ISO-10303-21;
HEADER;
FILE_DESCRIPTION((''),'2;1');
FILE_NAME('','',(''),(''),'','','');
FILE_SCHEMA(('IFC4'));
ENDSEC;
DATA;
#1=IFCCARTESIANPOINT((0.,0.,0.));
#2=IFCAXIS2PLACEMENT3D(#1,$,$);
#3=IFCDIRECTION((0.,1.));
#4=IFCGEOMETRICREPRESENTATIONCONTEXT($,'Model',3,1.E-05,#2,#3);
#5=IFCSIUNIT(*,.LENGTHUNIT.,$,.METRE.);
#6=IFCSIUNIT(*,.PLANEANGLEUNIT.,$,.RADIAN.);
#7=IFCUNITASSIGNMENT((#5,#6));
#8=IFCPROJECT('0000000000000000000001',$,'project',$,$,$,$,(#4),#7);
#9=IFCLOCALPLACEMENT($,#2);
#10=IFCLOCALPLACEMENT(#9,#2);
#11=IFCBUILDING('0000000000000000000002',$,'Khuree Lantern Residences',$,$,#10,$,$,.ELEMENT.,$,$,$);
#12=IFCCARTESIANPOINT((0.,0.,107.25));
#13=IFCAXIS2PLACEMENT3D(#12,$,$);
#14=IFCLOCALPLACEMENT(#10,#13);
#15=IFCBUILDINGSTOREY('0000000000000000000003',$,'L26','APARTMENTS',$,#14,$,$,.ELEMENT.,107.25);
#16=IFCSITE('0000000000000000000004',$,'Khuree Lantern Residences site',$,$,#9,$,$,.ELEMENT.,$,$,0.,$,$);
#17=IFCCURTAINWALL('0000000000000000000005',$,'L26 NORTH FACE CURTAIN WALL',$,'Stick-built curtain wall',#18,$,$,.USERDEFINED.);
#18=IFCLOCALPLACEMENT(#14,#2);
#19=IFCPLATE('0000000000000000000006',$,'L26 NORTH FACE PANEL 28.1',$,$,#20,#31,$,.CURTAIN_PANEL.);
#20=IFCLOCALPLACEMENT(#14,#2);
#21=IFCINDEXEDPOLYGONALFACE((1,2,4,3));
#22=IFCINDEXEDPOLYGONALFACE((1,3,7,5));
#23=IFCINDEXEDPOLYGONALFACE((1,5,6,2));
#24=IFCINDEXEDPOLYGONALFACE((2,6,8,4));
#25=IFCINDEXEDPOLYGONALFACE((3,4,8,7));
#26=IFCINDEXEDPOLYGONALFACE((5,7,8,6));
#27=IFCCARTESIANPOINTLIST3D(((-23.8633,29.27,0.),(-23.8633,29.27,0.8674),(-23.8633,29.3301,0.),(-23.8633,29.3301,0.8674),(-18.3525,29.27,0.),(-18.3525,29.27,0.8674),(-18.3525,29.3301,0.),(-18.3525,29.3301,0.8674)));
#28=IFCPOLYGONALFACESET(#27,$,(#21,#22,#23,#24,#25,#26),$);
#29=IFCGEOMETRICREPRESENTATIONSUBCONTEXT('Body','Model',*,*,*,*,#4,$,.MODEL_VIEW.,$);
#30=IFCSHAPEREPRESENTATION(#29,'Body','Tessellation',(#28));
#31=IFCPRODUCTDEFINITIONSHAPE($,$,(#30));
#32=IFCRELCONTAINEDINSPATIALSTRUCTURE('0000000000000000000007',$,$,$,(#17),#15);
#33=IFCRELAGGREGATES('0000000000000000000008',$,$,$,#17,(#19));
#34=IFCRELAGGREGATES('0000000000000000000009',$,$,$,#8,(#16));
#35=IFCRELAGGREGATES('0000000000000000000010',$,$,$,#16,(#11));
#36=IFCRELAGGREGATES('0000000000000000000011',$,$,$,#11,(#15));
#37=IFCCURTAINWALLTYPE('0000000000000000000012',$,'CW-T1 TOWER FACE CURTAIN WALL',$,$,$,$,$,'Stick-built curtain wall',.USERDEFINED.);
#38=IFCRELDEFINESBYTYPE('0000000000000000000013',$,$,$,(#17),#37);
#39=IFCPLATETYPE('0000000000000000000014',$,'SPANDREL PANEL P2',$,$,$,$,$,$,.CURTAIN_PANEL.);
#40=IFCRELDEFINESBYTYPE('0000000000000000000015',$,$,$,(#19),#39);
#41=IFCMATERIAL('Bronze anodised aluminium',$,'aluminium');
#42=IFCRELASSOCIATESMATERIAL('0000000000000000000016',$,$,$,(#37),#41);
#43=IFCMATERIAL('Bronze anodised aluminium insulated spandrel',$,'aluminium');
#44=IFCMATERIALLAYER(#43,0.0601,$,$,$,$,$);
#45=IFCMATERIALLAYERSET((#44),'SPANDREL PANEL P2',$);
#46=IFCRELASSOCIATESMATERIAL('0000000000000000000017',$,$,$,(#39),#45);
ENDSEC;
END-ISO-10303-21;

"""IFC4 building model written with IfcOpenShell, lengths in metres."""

from ifc_helpers import new_model, si_unit, direction, frame, origin, origin_2d, place, context, subcontext, project, spatial, rectangle, extrude, material, layer, layer_set, type_object, element, aggregate, save


model = new_model("IFC4")

# Units and contexts
model_context = context("Model", 3, precision=1e-05, world=origin(), true_north=direction((0.0, 1.0)))
body_context = subcontext(model_context, "Body", "Model", "MODEL_VIEW")
ifc_project = project(units=[si_unit("LENGTHUNIT", "METRE"), si_unit("PLANEANGLEUNIT", "RADIAN")], contexts=[model_context])

# Site, building, storey
site_placement = place(None, origin())
site = spatial("IfcSite", under=ifc_project, at=site_placement, Name="Khuree Lantern Residences site", CompositionType="ELEMENT", RefElevation=0.0)
building_placement = place(site_placement, origin())
building = spatial("IfcBuilding", under=site, at=building_placement, Name="Khuree Lantern Residences", CompositionType="ELEMENT")
storey_placement = place(building_placement, frame((0.0, 0.0, 107.25)))
storey = spatial("IfcBuildingStorey", under=building, at=storey_placement, Name="L26", Description="APARTMENTS", CompositionType="ELEMENT", Elevation=107.25)

# Curtain wall
ifc_material_1 = material(Name="Bronze anodised aluminium", Category="aluminium")
curtain_wall_type = type_object("IfcCurtainWallType", Name="CW-T1 TOWER FACE CURTAIN WALL", ElementType="Stick-built curtain wall", PredefinedType="USERDEFINED", material=ifc_material_1)
curtain_wall_placement = place(storey_placement, origin())
curtain_wall = element("IfcCurtainWall", 1, at=curtain_wall_placement, inside=storey, type_object=curtain_wall_type, Name="L26 NORTH FACE CURTAIN WALL", ObjectType="Stick-built curtain wall", PredefinedType="USERDEFINED")

# Plate
ifc_material_2 = material(Name="Bronze anodised aluminium insulated spandrel", Category="aluminium")
ifc_layer_1 = layer(ifc_material_2, 0.0601)
ifc_layer_set_1 = layer_set([ifc_layer_1], Name="SPANDREL PANEL P2")
plate_type_1 = type_object("IfcPlateType", Name="SPANDREL PANEL P2", PredefinedType="CURTAIN_PANEL", material=ifc_layer_set_1)
plate_1_placement = place(storey_placement, frame((-21.1079, 29.3, 0.0), z_axis=(0.0, 0.0, 1.0), x_axis=(-1.0, 0.0, 0.0)))
plate_1 = element("IfcPlate", 2, at=plate_1_placement, type_object=plate_type_1, Name="L26 NORTH FACE PANEL 28.1", PredefinedType="CURTAIN_PANEL", context=body_context, shape_type="SweptSolid", body=[
    extrude(rectangle(XDim=5.5107, YDim=0.0601, at=origin_2d()), origin(), (0.0, 0.0, 1.0), 0.8674),
])
aggregate(curtain_wall, [plate_1])

save(model, "model.ifc")
